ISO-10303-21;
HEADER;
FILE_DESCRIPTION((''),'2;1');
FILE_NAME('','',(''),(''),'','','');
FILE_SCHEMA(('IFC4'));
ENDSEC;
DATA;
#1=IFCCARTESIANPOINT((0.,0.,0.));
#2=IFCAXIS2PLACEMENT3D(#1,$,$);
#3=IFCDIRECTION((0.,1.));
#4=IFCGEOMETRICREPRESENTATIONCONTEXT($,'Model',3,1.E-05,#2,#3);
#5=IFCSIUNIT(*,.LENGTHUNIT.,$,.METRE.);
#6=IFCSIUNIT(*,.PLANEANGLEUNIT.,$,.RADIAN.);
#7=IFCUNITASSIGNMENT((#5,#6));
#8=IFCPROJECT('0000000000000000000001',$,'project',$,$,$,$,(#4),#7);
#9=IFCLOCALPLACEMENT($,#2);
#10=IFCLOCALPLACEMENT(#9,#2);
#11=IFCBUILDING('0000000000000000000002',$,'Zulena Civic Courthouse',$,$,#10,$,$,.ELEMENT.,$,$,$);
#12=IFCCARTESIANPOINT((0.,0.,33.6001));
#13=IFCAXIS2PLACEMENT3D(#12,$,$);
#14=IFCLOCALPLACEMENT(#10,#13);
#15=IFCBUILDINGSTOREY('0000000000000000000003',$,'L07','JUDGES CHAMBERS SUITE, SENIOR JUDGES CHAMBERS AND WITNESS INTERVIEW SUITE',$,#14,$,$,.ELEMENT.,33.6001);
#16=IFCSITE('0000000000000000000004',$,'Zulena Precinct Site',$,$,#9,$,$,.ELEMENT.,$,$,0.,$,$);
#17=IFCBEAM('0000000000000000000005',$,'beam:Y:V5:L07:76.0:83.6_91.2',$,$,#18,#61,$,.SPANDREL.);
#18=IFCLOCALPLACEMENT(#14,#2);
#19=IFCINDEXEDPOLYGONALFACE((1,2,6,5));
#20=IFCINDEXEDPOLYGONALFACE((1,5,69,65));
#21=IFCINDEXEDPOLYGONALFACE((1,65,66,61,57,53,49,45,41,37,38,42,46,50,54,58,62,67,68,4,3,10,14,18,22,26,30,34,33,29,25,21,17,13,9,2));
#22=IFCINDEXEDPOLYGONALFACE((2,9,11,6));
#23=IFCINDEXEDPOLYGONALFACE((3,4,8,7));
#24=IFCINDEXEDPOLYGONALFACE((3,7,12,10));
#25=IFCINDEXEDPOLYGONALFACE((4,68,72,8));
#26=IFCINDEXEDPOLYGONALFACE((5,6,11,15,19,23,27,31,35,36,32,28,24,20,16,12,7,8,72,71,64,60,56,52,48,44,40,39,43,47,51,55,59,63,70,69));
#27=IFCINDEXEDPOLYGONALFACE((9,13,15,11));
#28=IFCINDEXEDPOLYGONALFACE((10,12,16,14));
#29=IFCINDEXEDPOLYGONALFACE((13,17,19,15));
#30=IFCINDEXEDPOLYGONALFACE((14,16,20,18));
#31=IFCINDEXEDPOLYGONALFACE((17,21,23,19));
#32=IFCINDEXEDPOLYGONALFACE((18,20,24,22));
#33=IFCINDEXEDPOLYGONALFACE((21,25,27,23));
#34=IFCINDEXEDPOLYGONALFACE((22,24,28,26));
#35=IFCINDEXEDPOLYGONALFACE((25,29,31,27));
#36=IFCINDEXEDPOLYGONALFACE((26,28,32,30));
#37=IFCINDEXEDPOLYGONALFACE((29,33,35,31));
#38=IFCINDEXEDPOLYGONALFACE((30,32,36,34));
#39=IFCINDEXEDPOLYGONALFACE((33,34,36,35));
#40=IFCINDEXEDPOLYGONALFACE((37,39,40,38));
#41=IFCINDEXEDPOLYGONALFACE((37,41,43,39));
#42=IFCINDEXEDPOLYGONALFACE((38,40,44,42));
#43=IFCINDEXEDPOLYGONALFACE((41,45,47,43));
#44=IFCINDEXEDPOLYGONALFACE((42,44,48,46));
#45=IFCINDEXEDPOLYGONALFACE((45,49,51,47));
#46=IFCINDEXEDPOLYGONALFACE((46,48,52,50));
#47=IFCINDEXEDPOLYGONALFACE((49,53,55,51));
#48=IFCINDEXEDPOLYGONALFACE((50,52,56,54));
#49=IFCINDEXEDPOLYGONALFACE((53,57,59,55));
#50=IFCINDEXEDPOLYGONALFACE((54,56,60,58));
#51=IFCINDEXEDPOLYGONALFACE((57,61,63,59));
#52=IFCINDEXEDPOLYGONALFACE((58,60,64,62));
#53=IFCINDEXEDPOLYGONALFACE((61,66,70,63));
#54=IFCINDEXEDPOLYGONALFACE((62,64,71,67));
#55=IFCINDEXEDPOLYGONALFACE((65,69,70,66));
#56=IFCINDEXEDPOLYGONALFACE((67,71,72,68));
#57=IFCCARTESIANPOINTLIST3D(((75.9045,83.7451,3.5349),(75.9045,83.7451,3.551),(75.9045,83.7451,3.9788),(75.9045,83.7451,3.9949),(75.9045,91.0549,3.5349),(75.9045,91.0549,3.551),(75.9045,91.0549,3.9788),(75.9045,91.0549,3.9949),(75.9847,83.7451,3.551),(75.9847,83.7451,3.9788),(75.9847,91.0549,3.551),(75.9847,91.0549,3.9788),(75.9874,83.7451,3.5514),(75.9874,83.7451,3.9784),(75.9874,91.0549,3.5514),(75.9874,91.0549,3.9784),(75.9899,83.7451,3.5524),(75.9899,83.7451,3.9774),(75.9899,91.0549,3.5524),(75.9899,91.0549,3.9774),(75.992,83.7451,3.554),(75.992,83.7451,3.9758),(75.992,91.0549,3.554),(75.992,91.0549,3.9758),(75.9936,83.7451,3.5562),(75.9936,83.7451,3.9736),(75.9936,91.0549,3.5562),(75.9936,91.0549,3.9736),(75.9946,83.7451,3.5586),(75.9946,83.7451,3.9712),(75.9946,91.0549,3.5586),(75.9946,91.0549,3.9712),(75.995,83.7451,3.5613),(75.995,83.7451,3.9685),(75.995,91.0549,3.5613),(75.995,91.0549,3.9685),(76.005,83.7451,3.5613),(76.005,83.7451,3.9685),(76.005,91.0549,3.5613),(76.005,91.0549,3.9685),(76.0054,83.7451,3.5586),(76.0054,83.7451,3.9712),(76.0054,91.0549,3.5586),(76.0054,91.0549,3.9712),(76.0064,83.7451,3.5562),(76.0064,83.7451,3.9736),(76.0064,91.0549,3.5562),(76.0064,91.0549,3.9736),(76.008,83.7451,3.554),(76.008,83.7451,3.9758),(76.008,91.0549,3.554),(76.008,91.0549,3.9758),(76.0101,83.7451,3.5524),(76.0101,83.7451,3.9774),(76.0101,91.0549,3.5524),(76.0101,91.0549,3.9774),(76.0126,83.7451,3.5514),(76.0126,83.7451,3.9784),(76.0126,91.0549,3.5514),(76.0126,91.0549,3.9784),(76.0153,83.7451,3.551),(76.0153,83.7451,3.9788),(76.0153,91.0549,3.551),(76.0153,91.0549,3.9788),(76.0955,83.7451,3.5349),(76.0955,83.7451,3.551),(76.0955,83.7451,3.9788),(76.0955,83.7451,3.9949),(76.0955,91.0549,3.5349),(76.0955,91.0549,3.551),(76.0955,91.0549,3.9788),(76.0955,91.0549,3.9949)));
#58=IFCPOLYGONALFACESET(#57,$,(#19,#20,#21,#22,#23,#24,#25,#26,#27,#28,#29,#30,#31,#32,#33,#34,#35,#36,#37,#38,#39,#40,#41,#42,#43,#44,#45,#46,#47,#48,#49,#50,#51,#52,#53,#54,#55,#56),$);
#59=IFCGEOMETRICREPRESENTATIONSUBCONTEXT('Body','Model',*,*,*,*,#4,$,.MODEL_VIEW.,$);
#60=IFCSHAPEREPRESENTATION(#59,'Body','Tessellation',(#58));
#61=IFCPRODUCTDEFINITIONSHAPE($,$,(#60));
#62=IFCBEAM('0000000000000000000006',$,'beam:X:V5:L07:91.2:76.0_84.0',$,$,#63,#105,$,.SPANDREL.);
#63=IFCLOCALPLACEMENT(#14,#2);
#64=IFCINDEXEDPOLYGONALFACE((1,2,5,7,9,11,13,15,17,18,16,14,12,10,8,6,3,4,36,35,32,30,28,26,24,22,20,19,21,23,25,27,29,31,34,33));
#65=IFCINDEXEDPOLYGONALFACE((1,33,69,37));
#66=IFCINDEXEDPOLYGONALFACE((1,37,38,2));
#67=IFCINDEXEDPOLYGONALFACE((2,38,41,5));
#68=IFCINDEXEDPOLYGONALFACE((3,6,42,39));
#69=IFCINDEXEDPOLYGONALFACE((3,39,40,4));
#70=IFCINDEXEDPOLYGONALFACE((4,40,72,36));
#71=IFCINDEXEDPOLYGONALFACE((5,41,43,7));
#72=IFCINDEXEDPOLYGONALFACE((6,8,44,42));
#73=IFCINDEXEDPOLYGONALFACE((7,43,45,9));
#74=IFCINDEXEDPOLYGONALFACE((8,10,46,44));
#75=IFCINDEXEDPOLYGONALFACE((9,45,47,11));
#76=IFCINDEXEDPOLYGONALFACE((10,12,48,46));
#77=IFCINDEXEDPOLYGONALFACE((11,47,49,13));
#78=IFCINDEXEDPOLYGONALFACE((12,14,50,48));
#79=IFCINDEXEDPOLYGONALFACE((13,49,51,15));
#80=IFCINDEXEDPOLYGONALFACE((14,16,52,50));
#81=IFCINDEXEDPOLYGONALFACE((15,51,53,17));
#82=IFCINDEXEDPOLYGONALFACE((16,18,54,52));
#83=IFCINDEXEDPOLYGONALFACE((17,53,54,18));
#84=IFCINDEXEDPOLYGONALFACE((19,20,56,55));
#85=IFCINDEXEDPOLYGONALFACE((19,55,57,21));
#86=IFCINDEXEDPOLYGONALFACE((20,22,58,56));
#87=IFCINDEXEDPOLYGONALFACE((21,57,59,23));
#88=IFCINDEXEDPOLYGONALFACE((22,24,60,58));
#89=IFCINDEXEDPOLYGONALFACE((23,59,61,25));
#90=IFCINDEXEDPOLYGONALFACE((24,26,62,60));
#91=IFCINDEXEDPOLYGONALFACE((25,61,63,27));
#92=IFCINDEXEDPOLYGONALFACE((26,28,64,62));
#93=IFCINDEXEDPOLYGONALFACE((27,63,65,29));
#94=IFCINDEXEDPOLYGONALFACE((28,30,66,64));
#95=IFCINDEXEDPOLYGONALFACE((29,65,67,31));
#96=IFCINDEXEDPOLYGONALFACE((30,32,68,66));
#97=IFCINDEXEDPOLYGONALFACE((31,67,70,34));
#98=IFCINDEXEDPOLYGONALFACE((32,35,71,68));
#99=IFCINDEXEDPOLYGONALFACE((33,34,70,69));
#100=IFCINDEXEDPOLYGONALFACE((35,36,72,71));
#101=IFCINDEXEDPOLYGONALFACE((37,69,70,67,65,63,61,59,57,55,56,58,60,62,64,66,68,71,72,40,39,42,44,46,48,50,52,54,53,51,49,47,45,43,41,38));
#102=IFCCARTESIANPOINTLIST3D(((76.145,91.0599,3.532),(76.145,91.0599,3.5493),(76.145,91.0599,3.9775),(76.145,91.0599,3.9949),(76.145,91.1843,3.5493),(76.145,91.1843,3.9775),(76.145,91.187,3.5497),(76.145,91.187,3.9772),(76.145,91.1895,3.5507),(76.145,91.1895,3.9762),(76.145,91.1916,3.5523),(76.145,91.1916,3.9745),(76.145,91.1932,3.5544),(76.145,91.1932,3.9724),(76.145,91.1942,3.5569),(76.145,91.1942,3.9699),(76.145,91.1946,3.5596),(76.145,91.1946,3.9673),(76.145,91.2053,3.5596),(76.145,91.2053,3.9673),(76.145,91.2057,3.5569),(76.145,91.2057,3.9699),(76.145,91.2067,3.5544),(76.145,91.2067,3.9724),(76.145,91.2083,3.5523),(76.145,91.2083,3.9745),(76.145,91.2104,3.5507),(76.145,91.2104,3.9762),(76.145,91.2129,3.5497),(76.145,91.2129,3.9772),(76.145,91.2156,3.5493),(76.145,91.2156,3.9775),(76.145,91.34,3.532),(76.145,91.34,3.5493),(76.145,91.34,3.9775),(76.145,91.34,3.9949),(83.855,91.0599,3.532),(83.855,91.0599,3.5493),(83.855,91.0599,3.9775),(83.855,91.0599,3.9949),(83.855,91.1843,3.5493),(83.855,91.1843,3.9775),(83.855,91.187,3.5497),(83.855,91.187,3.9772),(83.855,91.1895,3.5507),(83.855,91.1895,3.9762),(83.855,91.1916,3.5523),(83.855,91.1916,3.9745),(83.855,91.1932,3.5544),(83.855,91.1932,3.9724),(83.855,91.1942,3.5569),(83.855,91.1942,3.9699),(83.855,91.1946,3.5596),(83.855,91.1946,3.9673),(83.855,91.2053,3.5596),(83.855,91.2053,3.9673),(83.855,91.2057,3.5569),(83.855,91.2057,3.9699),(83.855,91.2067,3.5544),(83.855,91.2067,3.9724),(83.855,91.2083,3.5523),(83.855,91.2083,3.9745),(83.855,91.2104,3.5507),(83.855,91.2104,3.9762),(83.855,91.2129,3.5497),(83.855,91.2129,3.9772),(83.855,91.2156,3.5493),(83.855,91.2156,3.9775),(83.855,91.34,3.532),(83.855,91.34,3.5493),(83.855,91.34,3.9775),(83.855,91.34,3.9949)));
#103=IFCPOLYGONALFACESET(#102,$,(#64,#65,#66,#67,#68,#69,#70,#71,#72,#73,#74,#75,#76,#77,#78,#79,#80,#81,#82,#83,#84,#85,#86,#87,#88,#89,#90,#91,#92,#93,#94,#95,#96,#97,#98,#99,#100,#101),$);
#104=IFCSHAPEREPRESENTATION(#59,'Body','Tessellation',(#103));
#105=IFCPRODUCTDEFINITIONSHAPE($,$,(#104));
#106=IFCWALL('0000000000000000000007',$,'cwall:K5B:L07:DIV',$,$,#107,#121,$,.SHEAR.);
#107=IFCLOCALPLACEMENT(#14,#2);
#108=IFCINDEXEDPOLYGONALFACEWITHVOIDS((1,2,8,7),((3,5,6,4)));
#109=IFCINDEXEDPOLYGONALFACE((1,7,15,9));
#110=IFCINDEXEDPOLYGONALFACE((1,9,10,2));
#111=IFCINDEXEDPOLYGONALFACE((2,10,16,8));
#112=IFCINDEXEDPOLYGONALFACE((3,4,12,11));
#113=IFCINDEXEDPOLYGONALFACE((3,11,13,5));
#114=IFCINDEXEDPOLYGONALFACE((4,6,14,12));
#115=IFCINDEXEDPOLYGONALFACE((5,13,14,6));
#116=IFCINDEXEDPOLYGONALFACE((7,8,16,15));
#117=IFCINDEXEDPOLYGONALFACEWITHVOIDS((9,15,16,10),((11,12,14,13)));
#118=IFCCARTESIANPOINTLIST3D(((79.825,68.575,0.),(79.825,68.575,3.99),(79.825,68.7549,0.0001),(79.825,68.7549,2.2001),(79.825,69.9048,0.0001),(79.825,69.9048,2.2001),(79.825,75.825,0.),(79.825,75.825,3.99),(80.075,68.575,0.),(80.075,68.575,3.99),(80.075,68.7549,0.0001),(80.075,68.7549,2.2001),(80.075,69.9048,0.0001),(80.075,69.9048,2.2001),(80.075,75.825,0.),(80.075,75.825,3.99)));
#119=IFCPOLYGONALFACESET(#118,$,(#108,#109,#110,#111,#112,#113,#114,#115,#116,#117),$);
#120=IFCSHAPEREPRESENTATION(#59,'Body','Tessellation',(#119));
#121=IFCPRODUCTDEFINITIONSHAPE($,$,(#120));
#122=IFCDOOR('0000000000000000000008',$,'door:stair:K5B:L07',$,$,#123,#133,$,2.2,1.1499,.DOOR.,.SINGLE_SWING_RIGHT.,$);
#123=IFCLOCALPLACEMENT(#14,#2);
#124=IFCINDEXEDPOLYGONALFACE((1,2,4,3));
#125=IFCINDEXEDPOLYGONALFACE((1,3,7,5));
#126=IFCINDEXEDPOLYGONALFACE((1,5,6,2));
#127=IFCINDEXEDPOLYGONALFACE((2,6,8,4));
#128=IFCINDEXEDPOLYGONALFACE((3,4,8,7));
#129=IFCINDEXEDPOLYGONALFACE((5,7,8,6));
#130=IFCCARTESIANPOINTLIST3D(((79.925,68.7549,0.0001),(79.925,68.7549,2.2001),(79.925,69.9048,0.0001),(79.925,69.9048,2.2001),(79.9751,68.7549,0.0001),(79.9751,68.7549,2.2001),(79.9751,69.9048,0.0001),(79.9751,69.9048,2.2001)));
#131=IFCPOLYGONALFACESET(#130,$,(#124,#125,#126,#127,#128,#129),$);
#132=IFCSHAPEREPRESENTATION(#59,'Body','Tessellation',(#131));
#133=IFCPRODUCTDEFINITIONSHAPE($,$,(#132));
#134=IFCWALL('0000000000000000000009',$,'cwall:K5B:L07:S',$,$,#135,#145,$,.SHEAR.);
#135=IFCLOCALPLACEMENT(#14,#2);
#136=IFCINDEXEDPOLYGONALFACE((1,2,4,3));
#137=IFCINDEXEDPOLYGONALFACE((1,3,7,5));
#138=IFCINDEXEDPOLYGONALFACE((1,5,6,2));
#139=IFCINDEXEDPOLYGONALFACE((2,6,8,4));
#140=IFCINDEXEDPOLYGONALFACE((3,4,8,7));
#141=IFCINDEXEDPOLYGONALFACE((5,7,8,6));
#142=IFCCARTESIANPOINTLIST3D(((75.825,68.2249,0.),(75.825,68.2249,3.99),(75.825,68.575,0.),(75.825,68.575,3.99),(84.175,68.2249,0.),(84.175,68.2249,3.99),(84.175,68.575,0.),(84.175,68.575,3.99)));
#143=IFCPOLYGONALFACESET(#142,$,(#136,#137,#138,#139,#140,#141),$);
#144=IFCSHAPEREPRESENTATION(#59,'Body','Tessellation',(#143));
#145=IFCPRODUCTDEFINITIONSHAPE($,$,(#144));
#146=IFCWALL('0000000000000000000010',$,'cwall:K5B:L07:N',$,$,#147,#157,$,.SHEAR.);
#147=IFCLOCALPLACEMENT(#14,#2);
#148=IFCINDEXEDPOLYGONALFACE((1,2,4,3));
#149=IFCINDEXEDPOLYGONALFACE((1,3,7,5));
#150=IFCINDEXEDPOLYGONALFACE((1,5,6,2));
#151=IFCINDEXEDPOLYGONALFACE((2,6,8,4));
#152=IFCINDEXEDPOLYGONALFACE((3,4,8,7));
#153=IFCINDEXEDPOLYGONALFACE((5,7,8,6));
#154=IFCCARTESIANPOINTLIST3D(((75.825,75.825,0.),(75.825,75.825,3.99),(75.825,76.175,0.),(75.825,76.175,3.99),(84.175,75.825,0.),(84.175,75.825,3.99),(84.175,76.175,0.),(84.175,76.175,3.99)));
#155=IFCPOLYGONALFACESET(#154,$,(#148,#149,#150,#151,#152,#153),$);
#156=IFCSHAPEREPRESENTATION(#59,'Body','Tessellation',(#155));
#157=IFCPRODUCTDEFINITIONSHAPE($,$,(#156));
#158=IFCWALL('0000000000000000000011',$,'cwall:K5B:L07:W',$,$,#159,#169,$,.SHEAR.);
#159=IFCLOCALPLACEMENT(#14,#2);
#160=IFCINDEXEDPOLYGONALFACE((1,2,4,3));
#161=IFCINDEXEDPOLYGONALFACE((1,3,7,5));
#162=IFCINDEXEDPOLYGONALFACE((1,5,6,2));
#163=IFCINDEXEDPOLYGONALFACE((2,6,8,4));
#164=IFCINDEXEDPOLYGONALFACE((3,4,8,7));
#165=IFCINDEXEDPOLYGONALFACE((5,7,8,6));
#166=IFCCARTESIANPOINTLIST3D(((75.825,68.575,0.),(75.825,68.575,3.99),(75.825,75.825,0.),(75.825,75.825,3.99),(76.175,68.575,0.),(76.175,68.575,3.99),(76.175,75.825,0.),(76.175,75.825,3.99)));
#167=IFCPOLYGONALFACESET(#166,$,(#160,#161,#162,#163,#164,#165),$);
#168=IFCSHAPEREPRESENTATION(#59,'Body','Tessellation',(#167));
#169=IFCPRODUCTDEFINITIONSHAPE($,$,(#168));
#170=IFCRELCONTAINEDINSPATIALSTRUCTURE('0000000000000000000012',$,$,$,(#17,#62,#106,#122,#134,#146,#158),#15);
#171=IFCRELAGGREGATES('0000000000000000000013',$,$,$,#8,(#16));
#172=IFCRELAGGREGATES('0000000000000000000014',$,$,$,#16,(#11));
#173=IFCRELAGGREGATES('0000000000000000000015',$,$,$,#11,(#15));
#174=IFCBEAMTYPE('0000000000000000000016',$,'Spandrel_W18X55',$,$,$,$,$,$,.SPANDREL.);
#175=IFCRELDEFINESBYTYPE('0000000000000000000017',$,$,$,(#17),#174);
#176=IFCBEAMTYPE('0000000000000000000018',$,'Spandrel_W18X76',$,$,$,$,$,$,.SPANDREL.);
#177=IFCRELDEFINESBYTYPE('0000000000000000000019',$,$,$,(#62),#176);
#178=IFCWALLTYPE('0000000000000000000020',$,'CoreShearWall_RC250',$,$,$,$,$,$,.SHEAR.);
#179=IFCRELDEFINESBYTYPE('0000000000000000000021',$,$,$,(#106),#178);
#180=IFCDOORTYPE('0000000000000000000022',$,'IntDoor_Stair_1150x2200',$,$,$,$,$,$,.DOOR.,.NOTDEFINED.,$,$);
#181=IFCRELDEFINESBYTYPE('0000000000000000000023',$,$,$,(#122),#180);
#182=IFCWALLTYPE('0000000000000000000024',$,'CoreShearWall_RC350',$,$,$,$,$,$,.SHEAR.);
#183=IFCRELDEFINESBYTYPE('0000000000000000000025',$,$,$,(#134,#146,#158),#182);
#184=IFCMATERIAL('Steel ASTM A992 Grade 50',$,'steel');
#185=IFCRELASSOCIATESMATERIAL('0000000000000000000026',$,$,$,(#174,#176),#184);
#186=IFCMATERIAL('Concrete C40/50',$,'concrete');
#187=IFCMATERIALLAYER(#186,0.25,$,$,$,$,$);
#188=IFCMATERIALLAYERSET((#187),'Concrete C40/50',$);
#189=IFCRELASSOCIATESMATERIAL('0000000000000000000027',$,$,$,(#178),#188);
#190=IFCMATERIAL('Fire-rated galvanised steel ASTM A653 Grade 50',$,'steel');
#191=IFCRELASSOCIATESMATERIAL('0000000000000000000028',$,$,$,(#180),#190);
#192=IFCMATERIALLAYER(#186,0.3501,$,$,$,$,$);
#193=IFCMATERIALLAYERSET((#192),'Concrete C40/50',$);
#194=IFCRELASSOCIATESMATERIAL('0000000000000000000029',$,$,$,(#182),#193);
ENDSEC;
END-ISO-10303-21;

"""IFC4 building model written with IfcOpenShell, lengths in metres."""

from ifc_helpers import new_model, si_unit, direction, frame, frame_2d, origin, origin_2d, place, context, subcontext, project, spatial, rectangle, i_section, extrude, material, layer, layer_set, material_profile, profile_set, type_object, element, fill, save


model = new_model("IFC4")

# Units and contexts
model_context = context("Model", 3, precision=1e-05, world=origin(), true_north=direction((0.0, 1.0)))
body_context = subcontext(model_context, "Body", "Model", "MODEL_VIEW")
ifc_project = project(units=[si_unit("LENGTHUNIT", "METRE"), si_unit("PLANEANGLEUNIT", "RADIAN")], contexts=[model_context])

# Site, building, storey
site_placement = place(None, origin())
site = spatial("IfcSite", under=ifc_project, at=site_placement, Name="Zulena Precinct Site", CompositionType="ELEMENT", RefElevation=0.0)
building_placement = place(site_placement, origin())
building = spatial("IfcBuilding", under=site, at=building_placement, Name="Zulena Civic Courthouse", CompositionType="ELEMENT")
storey_placement = place(building_placement, frame((0.0, 0.0, 33.6001)))
storey = spatial("IfcBuildingStorey", under=building, at=storey_placement, Name="L07", Description="JUDGES CHAMBERS SUITE, SENIOR JUDGES CHAMBERS AND WITNESS INTERVIEW SUITE", CompositionType="ELEMENT", Elevation=33.6001)

# Shared definitions
ifc_material_1 = material(Name="Steel ASTM A992 Grade 50", Category="steel")

# Beams
ifc_material_profile_1 = material_profile(ifc_material_1, i_section(OverallWidth=0.1909, OverallDepth=0.46, WebThickness=0.01, FlangeThickness=0.0161, FilletRadius=0.0103, at=origin_2d()), Name="W18X55")
ifc_profile_set_1 = profile_set([ifc_material_profile_1], Name="Steel ASTM A992 Grade 50")
beam_type_1 = type_object("IfcBeamType", Name="Spandrel_W18X55", PredefinedType="SPANDREL", material=ifc_profile_set_1)
beam_1_placement = place(storey_placement, frame((76.0, 83.7451, 3.7649), z_axis=(0.0, 1.0, 0.0), x_axis=(-1.0, 0.0, 0.0)))
element("IfcBeam", 1, at=beam_1_placement, inside=storey, type_object=beam_type_1, Name="beam:Y:V5:L07:76.0:83.6_91.2", PredefinedType="SPANDREL", context=body_context, shape_type="SweptSolid", body=[
    extrude(i_section(OverallWidth=0.1909, OverallDepth=0.46, WebThickness=0.01, FlangeThickness=0.0161, FilletRadius=0.0103, at=origin_2d()), origin(), (0.0, 0.0, 1.0), 7.3098),
])
ifc_material_profile_2 = material_profile(ifc_material_1, i_section(OverallWidth=0.28, OverallDepth=0.4629, WebThickness=0.0107, FlangeThickness=0.0173, FilletRadius=0.0103, at=origin_2d()), Name="W18X76")
ifc_profile_set_2 = profile_set([ifc_material_profile_2], Name="Steel ASTM A992 Grade 50")
beam_type_2 = type_object("IfcBeamType", Name="Spandrel_W18X76", PredefinedType="SPANDREL", material=ifc_profile_set_2)
beam_2_placement = place(storey_placement, frame((76.145, 91.2, 3.7634), z_axis=(1.0, 0.0, 0.0), x_axis=(0.0, 1.0, 0.0)))
element("IfcBeam", 2, at=beam_2_placement, inside=storey, type_object=beam_type_2, Name="beam:X:V5:L07:91.2:76.0_84.0", PredefinedType="SPANDREL", context=body_context, shape_type="SweptSolid", body=[
    extrude(i_section(OverallWidth=0.28, OverallDepth=0.4629, WebThickness=0.0107, FlangeThickness=0.0173, FilletRadius=0.0103, at=origin_2d()), origin(), (0.0, 0.0, 1.0), 7.71),
])

# Wall, opening, door
ifc_material_2 = material(Name="Concrete C40/50", Category="concrete")
ifc_layer_1 = layer(ifc_material_2, 0.25)
ifc_layer_set_1 = layer_set([ifc_layer_1], Name="Concrete C40/50")
wall_type_1 = type_object("IfcWallType", Name="CoreShearWall_RC250", PredefinedType="SHEAR", material=ifc_layer_set_1)
wall_1_placement = place(storey_placement, frame((79.95, 68.575, 0.0), z_axis=(0.0, 0.0, 1.0), x_axis=(0.0, 1.0, 0.0)))
wall_1 = element("IfcWall", 3, at=wall_1_placement, inside=storey, type_object=wall_type_1, Name="cwall:K5B:L07:DIV", PredefinedType="SHEAR", context=body_context, shape_type="SweptSolid", body=[
    extrude(rectangle(XDim=7.25, YDim=0.25, at=frame_2d((3.625, 0.0))), origin(), (0.0, 0.0, 1.0), 3.99),
])
opening_1_placement = place(wall_1_placement, frame((0.1799, 0.0, 0.0)))
opening_1 = element("IfcOpeningElement", 4, at=opening_1_placement, cuts=wall_1, PredefinedType="OPENING", context=body_context, shape_type="SweptSolid", body=[
    extrude(rectangle(XDim=1.1499, YDim=2.2, at=frame_2d((0.575, 1.1001))), frame((0.0, 0.135, 0.0), z_axis=(0.0, -1.0, 0.0), x_axis=(1.0, 0.0, 0.0)), (0.0, 0.0, 1.0), 0.27),
])
ifc_material_3 = material(Name="Fire-rated galvanised steel ASTM A653 Grade 50", Category="steel")
door_type = type_object("IfcDoorType", Name="IntDoor_Stair_1150x2200", OperationType="NOTDEFINED", PredefinedType="DOOR", material=ifc_material_3)
door_placement = place(opening_1_placement, origin())
door = element("IfcDoor", 5, at=door_placement, inside=storey, type_object=door_type, Name="door:stair:K5B:L07", OperationType="SINGLE_SWING_RIGHT", OverallHeight=2.2, OverallWidth=1.1499, PredefinedType="DOOR", context=body_context, shape_type="SweptSolid", body=[
    extrude(rectangle(XDim=1.1499, YDim=2.2, at=frame_2d((0.575, 1.1001))), frame((0.0, 0.0249, 0.0), z_axis=(0.0, -1.0, 0.0), x_axis=(1.0, 0.0, 0.0)), (0.0, 0.0, 1.0), 0.05),
])
fill(opening_1, door)

# Walls
ifc_layer_2 = layer(ifc_material_2, 0.3501)
ifc_layer_set_2 = layer_set([ifc_layer_2], Name="Concrete C40/50")
wall_type_2 = type_object("IfcWallType", Name="CoreShearWall_RC350", PredefinedType="SHEAR", material=ifc_layer_set_2)
for number, where, z_axis, x_axis, name in (
    (6, (75.825, 68.3999, 0.0), (0.0, 0.0, 1.0), (1.0, 0.0, 0.0), "cwall:K5B:L07:S"),
    (7, (75.825, 76.0, 0.0), (0.0, 0.0, 1.0), (1.0, 0.0, 0.0), "cwall:K5B:L07:N"),
):
    element("IfcWall", number, at=place(storey_placement, frame(where, z_axis=z_axis, x_axis=x_axis)), inside=storey, type_object=wall_type_2, Name=name, PredefinedType="SHEAR", context=body_context, shape_type="SweptSolid", body=[
        extrude(rectangle(XDim=8.3501, YDim=0.3501, at=frame_2d((4.175, 0.0))), origin(), (0.0, 0.0, 1.0), 3.99),
    ])
wall_2_placement = place(storey_placement, frame((76.0, 68.575, 0.0), z_axis=(0.0, 0.0, 1.0), x_axis=(0.0, 1.0, 0.0)))
element("IfcWall", 8, at=wall_2_placement, inside=storey, type_object=wall_type_2, Name="cwall:K5B:L07:W", PredefinedType="SHEAR", context=body_context, shape_type="SweptSolid", body=[
    extrude(rectangle(XDim=7.25, YDim=0.3501, at=frame_2d((3.625, 0.0))), origin(), (0.0, 0.0, 1.0), 3.99),
])

save(model, "model.ifc")
